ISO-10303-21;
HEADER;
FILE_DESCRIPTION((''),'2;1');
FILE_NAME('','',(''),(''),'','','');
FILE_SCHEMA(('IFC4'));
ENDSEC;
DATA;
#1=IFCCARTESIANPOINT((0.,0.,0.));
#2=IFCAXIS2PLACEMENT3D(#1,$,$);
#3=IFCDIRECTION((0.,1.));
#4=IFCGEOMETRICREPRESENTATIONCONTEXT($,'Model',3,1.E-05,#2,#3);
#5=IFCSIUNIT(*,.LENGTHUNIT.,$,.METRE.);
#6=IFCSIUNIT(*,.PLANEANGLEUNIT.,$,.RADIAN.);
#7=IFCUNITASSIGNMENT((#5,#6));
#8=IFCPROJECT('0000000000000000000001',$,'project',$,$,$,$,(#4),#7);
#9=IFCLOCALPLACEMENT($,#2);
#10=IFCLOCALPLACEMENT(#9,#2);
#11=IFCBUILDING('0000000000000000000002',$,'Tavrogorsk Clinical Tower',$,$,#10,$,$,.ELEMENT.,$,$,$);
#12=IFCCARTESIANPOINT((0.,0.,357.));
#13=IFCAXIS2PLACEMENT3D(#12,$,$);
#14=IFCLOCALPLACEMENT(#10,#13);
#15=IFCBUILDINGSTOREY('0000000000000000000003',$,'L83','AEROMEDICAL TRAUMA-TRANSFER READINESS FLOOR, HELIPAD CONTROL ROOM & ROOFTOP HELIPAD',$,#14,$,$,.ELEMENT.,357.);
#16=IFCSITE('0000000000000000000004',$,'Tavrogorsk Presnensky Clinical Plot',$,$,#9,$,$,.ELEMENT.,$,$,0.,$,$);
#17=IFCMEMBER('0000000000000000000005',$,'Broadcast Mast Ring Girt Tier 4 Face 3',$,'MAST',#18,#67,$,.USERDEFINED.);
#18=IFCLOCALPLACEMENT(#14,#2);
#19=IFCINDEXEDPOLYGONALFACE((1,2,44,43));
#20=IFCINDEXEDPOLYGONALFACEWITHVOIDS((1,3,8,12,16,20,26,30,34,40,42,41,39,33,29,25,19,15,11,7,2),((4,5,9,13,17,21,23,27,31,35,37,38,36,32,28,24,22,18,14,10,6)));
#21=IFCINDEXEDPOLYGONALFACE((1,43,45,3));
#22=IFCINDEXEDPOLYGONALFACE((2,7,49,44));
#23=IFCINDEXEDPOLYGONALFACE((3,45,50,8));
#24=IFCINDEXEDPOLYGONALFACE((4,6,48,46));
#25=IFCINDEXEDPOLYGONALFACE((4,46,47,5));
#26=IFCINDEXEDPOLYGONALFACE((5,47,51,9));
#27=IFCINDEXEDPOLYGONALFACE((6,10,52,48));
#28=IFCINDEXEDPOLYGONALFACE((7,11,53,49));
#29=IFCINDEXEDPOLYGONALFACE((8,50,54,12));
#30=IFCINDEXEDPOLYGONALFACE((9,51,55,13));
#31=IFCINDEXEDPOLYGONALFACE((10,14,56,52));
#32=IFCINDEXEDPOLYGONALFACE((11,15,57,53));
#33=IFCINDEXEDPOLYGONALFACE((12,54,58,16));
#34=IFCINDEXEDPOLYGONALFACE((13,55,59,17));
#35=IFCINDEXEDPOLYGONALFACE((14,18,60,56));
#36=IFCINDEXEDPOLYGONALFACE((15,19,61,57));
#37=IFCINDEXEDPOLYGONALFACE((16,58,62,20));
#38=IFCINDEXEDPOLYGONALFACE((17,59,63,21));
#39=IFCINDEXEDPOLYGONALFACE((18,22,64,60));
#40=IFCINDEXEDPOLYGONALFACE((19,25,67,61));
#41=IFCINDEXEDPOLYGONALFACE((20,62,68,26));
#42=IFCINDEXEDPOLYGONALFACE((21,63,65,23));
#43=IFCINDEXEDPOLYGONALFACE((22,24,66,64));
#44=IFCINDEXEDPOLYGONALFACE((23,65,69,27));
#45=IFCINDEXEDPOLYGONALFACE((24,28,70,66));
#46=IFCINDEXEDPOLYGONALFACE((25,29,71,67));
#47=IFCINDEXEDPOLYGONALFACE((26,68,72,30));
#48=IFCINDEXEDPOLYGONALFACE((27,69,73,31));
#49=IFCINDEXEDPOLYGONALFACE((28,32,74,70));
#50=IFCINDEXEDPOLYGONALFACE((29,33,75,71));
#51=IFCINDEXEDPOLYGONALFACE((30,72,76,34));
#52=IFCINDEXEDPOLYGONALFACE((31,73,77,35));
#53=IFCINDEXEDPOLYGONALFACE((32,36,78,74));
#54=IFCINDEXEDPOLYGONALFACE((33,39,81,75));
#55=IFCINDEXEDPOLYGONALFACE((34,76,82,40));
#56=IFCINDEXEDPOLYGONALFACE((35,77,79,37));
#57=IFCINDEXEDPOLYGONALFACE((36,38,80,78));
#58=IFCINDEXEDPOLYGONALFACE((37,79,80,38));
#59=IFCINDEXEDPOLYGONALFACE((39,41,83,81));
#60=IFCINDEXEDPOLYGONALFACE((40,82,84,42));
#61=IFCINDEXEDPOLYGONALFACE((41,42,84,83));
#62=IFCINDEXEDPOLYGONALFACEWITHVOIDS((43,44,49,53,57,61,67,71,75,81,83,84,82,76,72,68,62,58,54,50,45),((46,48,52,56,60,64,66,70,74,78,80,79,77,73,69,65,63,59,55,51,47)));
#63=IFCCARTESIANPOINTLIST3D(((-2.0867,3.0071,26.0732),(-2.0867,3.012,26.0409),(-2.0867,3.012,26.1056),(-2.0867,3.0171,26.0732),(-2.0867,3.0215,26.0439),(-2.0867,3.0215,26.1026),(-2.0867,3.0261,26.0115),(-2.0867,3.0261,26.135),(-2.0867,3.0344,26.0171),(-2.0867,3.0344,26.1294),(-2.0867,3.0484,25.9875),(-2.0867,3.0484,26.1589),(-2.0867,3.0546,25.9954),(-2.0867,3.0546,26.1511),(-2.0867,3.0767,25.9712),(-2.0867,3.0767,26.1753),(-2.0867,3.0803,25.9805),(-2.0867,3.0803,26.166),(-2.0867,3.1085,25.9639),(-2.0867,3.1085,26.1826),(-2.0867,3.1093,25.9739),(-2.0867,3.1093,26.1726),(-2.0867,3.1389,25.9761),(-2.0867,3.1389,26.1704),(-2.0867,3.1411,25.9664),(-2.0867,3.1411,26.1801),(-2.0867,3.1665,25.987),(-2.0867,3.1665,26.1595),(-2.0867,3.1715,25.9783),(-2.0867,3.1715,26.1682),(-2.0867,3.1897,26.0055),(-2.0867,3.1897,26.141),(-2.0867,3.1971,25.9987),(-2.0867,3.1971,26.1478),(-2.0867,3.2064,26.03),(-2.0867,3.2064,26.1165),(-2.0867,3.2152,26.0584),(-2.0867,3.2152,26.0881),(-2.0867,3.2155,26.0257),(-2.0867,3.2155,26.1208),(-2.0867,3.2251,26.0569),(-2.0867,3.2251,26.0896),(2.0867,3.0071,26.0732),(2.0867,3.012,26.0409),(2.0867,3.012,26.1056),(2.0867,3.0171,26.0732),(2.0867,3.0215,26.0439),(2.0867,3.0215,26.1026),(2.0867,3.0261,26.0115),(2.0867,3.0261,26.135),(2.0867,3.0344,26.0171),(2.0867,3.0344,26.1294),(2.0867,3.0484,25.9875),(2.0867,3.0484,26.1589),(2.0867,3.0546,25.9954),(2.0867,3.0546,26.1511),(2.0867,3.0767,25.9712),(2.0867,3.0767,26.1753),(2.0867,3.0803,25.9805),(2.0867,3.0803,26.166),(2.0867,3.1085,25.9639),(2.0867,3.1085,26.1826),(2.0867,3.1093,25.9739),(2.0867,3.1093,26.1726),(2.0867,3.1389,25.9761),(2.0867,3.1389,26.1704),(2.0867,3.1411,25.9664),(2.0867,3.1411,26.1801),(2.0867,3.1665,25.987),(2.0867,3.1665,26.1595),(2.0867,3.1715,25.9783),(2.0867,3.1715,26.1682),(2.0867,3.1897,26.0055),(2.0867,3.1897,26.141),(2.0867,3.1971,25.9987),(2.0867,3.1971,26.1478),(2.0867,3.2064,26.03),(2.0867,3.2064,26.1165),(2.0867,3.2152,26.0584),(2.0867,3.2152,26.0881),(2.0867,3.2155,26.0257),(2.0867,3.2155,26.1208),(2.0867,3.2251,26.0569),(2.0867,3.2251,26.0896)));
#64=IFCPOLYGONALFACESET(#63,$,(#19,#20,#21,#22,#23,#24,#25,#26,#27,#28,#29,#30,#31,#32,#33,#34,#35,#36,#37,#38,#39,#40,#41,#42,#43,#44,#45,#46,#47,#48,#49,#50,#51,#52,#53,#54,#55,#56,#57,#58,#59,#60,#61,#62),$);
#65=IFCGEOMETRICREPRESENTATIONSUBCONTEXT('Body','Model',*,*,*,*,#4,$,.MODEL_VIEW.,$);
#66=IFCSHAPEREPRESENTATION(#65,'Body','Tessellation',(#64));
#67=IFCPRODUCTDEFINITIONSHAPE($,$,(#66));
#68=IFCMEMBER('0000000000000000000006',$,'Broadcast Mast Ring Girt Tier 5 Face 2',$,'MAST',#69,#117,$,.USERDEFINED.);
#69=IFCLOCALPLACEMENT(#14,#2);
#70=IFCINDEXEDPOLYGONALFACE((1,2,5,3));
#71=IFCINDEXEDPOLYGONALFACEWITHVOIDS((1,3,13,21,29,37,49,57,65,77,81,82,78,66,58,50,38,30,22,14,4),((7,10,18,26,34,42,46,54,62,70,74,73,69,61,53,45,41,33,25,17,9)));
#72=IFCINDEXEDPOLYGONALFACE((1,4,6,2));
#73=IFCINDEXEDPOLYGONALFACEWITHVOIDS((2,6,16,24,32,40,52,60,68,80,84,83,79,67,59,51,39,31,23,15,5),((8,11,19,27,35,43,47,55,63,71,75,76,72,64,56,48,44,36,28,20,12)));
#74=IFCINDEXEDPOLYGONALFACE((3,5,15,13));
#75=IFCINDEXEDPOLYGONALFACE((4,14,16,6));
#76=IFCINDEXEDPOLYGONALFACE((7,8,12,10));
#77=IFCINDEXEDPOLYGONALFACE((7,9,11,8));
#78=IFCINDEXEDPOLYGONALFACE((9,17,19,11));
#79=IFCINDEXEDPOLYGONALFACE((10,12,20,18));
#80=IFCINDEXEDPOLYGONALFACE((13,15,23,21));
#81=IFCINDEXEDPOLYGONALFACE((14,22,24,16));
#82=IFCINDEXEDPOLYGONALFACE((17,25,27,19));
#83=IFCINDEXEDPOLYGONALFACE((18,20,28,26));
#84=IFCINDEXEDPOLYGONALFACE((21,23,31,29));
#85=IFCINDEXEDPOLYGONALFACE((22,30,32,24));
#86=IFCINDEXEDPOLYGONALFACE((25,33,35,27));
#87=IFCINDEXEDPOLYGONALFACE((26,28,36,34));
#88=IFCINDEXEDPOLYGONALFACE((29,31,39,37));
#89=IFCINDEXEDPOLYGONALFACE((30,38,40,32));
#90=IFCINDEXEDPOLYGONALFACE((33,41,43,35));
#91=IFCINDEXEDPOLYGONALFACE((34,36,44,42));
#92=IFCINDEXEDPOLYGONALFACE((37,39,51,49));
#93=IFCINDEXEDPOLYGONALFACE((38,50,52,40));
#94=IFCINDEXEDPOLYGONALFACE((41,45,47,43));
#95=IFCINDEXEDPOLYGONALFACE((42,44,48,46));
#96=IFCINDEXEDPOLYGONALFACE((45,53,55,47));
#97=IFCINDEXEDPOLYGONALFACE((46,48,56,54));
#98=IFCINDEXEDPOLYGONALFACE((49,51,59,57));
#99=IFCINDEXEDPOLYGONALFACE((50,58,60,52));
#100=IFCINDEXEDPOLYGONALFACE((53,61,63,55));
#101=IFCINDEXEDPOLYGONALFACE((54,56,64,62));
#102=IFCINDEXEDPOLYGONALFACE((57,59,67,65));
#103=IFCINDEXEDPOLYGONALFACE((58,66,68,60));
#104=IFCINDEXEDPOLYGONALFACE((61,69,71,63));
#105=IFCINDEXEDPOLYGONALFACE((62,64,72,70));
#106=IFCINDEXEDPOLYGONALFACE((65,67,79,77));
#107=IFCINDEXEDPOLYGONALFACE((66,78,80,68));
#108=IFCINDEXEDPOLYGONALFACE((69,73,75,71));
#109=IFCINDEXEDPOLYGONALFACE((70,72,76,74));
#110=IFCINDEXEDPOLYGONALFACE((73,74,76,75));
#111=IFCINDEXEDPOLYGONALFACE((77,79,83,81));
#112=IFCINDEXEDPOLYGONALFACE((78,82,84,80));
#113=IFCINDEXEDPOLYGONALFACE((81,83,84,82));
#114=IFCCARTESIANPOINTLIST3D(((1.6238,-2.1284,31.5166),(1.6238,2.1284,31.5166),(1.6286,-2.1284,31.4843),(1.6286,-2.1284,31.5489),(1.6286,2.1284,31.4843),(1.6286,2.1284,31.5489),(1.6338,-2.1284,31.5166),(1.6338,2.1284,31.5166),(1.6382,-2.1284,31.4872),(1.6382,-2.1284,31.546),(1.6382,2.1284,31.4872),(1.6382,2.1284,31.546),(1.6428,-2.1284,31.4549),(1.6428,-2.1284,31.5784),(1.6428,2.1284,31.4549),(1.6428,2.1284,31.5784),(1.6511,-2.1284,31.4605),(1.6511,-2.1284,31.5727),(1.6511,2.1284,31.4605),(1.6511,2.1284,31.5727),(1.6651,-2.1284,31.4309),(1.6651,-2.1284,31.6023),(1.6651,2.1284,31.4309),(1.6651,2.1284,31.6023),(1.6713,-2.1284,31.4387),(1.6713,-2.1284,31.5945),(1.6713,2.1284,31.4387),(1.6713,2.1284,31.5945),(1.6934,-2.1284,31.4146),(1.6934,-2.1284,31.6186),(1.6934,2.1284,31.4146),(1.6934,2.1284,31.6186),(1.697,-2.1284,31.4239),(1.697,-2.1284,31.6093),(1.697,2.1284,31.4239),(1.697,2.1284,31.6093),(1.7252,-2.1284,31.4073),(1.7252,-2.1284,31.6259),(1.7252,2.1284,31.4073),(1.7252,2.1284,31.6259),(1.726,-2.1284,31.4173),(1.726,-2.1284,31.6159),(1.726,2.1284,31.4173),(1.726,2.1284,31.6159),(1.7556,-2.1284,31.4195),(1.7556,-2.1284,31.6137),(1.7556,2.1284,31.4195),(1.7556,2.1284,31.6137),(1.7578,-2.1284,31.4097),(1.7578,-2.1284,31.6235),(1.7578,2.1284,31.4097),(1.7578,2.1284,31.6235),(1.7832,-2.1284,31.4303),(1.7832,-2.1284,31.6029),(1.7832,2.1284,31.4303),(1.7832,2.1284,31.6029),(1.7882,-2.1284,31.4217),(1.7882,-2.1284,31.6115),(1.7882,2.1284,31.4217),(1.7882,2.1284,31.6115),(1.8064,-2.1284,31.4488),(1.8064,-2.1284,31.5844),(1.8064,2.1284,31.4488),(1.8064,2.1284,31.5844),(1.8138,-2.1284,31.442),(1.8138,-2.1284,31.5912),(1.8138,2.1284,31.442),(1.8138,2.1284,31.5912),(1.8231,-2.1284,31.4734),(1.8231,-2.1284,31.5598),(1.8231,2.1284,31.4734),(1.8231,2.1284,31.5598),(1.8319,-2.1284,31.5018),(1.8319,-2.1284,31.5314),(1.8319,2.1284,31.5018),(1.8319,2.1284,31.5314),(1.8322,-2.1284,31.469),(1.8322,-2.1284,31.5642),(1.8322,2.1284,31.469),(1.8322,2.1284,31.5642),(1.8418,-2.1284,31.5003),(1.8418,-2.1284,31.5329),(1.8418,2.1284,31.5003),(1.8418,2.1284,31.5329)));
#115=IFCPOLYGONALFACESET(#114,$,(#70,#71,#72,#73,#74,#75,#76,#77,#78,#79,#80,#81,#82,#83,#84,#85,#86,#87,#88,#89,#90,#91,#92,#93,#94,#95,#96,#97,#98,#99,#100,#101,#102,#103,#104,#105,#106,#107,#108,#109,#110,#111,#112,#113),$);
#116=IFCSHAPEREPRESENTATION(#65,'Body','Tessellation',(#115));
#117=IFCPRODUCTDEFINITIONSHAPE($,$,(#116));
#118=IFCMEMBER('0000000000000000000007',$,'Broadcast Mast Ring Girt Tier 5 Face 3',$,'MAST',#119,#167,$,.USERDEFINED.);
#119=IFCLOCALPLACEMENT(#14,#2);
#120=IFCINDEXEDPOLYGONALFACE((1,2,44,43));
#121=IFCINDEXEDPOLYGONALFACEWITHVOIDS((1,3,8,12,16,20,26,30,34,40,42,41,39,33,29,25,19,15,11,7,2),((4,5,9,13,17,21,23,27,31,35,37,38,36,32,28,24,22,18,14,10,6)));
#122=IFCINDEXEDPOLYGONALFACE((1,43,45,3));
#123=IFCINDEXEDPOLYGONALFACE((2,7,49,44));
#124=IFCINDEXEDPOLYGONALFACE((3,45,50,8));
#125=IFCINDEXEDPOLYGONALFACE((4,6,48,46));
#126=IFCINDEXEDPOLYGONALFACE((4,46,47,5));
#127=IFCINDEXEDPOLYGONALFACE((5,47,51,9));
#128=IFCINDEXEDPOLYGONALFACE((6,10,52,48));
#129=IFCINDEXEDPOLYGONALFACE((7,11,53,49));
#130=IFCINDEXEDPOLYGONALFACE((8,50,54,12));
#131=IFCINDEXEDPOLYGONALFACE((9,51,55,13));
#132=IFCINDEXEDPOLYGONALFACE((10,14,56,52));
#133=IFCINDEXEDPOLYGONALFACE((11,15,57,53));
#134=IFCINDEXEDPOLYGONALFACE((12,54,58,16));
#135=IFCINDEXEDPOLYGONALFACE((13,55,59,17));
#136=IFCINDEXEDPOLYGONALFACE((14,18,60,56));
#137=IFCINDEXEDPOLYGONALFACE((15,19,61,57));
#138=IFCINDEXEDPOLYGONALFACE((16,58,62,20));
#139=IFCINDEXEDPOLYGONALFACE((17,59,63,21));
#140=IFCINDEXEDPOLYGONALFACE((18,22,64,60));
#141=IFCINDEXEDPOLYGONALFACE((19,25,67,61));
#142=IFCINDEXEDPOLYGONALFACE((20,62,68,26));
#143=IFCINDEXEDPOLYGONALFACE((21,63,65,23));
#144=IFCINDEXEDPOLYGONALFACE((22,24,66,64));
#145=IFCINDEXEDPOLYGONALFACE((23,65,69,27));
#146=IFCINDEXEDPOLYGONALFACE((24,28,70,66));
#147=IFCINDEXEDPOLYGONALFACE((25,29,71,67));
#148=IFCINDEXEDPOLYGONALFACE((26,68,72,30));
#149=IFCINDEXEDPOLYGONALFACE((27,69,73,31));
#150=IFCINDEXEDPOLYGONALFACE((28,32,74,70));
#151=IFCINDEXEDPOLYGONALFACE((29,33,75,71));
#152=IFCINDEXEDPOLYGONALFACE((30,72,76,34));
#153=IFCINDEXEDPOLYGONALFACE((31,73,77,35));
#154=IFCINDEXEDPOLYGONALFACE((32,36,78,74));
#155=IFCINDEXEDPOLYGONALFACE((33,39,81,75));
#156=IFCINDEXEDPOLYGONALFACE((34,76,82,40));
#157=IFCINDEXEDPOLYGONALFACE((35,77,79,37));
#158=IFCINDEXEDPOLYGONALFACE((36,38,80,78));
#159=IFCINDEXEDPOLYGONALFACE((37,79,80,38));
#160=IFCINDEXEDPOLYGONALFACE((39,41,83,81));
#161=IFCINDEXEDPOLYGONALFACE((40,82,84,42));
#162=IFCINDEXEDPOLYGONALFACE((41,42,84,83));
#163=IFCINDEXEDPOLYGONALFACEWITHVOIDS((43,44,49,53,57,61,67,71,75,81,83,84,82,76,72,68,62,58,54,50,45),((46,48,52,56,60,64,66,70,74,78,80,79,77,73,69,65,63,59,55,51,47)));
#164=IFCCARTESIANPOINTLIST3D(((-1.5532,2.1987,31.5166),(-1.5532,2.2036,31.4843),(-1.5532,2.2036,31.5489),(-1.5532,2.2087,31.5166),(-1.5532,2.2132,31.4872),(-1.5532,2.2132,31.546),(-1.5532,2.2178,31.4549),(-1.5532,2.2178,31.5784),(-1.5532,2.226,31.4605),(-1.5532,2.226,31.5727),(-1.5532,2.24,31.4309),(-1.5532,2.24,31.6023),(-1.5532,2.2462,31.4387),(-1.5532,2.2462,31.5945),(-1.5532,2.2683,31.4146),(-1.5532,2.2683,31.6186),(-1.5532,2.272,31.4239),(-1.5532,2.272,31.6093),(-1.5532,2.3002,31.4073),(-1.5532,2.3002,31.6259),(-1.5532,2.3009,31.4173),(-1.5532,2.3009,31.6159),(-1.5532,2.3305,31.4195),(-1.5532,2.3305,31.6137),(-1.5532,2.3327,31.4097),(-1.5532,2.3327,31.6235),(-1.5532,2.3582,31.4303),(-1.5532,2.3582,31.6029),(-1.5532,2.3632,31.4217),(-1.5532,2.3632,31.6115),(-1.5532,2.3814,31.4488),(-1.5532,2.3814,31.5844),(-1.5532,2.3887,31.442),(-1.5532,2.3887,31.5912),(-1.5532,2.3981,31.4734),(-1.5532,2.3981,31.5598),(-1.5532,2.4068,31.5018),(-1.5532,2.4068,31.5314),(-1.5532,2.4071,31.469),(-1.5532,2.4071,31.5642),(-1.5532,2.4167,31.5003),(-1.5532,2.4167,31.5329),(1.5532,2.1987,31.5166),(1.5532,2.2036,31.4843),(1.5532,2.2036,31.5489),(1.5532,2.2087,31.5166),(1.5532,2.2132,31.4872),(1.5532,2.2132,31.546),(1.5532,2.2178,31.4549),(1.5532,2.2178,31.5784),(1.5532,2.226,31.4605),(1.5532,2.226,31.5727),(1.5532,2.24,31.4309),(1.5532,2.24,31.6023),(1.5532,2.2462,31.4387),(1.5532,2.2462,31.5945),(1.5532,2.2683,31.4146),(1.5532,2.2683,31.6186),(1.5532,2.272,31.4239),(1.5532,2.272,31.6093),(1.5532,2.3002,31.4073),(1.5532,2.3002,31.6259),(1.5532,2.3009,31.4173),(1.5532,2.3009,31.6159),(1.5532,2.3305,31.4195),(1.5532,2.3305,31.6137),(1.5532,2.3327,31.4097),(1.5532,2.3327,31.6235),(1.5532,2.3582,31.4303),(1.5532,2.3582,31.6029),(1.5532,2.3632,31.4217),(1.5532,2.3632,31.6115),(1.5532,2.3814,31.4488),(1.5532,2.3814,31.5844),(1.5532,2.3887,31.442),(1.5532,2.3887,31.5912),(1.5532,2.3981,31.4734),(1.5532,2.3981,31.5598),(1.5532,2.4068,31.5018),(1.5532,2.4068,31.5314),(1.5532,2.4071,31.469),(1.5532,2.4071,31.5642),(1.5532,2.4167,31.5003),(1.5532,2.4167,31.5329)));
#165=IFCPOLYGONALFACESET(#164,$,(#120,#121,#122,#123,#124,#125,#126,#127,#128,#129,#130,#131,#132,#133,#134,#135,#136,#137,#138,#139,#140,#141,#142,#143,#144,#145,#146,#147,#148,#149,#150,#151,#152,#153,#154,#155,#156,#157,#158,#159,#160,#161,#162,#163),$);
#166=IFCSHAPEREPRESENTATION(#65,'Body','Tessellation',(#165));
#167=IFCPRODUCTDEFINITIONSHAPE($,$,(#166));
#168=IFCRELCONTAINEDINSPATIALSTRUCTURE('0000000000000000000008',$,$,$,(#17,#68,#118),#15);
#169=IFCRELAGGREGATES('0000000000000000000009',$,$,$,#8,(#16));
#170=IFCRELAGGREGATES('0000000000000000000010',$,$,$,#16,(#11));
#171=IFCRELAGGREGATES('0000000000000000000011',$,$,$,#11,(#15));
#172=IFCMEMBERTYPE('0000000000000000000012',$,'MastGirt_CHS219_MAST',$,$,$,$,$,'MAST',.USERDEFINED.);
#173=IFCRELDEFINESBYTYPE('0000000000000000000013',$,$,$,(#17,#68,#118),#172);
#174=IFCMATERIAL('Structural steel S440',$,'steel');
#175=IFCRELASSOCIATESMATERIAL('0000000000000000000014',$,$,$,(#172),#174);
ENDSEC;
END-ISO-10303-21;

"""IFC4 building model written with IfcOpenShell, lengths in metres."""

from ifc_helpers import new_model, si_unit, direction, frame, origin, origin_2d, place, context, subcontext, project, spatial, hollow_circle, extrude, material, material_profile, profile_set, type_object, element, save


model = new_model("IFC4")

# Units and contexts
model_context = context("Model", 3, precision=1e-05, world=origin(), true_north=direction((0.0, 1.0)))
body_context = subcontext(model_context, "Body", "Model", "MODEL_VIEW")
ifc_project = project(units=[si_unit("LENGTHUNIT", "METRE"), si_unit("PLANEANGLEUNIT", "RADIAN")], contexts=[model_context])

# Site, building, storey
site_placement = place(None, origin())
site = spatial("IfcSite", under=ifc_project, at=site_placement, Name="Tavrogorsk Presnensky Clinical Plot", CompositionType="ELEMENT", RefElevation=0.0)
building_placement = place(site_placement, origin())
building = spatial("IfcBuilding", under=site, at=building_placement, Name="Tavrogorsk Clinical Tower", CompositionType="ELEMENT")
storey_placement = place(building_placement, frame((0.0, 0.0, 357.0)))
storey = spatial("IfcBuildingStorey", under=building, at=storey_placement, Name="L83", Description="AEROMEDICAL TRAUMA-TRANSFER READINESS FLOOR, HELIPAD CONTROL ROOM & ROOFTOP HELIPAD", CompositionType="ELEMENT", Elevation=357.0)

# Members
ifc_material_1 = material(Name="Structural steel S440", Category="steel")
ifc_material_profile_1 = material_profile(ifc_material_1, hollow_circle(Radius=0.1096, WallThickness=0.01, at=origin_2d()), Name="CHS-219.1x10")
ifc_profile_set_1 = profile_set([ifc_material_profile_1], Name="Structural steel S440")
member_type_1 = type_object("IfcMemberType", Name="MastGirt_CHS219_MAST", ElementType="MAST", PredefinedType="USERDEFINED", material=ifc_profile_set_1)
member_1_placement = place(storey_placement, frame((2.0867, 3.1167, 26.0732), z_axis=(-1.0, 0.0, 0.0), x_axis=(0.0, -1.0, 0.0)))
element("IfcMember", 1, at=member_1_placement, inside=storey, type_object=member_type_1, Name="Broadcast Mast Ring Girt Tier 4 Face 3", ObjectType="MAST", PredefinedType="USERDEFINED", context=body_context, shape_type="SweptSolid", body=[
    extrude(hollow_circle(Radius=0.1096, WallThickness=0.01, at=origin_2d()), origin(), (0.0, 0.0, 1.0), 4.1733),
])
member_2_placement = place(storey_placement, frame((1.7334, -2.1284, 31.5166), z_axis=(0.0, 1.0, 0.0), x_axis=(-1.0, 0.0, 0.0)))
element("IfcMember", 2, at=member_2_placement, inside=storey, type_object=member_type_1, Name="Broadcast Mast Ring Girt Tier 5 Face 2", ObjectType="MAST", PredefinedType="USERDEFINED", context=body_context, shape_type="SweptSolid", body=[
    extrude(hollow_circle(Radius=0.1096, WallThickness=0.01, at=origin_2d()), origin(), (0.0, 0.0, 1.0), 4.2568),
])
member_3_placement = place(storey_placement, frame((1.5532, 2.3083, 31.5166), z_axis=(-1.0, 0.0, 0.0), x_axis=(0.0, -1.0, 0.0)))
element("IfcMember", 3, at=member_3_placement, inside=storey, type_object=member_type_1, Name="Broadcast Mast Ring Girt Tier 5 Face 3", ObjectType="MAST", PredefinedType="USERDEFINED", context=body_context, shape_type="SweptSolid", body=[
    extrude(hollow_circle(Radius=0.1096, WallThickness=0.01, at=origin_2d()), origin(), (0.0, 0.0, 1.0), 3.1064),
])

save(model, "model.ifc")
